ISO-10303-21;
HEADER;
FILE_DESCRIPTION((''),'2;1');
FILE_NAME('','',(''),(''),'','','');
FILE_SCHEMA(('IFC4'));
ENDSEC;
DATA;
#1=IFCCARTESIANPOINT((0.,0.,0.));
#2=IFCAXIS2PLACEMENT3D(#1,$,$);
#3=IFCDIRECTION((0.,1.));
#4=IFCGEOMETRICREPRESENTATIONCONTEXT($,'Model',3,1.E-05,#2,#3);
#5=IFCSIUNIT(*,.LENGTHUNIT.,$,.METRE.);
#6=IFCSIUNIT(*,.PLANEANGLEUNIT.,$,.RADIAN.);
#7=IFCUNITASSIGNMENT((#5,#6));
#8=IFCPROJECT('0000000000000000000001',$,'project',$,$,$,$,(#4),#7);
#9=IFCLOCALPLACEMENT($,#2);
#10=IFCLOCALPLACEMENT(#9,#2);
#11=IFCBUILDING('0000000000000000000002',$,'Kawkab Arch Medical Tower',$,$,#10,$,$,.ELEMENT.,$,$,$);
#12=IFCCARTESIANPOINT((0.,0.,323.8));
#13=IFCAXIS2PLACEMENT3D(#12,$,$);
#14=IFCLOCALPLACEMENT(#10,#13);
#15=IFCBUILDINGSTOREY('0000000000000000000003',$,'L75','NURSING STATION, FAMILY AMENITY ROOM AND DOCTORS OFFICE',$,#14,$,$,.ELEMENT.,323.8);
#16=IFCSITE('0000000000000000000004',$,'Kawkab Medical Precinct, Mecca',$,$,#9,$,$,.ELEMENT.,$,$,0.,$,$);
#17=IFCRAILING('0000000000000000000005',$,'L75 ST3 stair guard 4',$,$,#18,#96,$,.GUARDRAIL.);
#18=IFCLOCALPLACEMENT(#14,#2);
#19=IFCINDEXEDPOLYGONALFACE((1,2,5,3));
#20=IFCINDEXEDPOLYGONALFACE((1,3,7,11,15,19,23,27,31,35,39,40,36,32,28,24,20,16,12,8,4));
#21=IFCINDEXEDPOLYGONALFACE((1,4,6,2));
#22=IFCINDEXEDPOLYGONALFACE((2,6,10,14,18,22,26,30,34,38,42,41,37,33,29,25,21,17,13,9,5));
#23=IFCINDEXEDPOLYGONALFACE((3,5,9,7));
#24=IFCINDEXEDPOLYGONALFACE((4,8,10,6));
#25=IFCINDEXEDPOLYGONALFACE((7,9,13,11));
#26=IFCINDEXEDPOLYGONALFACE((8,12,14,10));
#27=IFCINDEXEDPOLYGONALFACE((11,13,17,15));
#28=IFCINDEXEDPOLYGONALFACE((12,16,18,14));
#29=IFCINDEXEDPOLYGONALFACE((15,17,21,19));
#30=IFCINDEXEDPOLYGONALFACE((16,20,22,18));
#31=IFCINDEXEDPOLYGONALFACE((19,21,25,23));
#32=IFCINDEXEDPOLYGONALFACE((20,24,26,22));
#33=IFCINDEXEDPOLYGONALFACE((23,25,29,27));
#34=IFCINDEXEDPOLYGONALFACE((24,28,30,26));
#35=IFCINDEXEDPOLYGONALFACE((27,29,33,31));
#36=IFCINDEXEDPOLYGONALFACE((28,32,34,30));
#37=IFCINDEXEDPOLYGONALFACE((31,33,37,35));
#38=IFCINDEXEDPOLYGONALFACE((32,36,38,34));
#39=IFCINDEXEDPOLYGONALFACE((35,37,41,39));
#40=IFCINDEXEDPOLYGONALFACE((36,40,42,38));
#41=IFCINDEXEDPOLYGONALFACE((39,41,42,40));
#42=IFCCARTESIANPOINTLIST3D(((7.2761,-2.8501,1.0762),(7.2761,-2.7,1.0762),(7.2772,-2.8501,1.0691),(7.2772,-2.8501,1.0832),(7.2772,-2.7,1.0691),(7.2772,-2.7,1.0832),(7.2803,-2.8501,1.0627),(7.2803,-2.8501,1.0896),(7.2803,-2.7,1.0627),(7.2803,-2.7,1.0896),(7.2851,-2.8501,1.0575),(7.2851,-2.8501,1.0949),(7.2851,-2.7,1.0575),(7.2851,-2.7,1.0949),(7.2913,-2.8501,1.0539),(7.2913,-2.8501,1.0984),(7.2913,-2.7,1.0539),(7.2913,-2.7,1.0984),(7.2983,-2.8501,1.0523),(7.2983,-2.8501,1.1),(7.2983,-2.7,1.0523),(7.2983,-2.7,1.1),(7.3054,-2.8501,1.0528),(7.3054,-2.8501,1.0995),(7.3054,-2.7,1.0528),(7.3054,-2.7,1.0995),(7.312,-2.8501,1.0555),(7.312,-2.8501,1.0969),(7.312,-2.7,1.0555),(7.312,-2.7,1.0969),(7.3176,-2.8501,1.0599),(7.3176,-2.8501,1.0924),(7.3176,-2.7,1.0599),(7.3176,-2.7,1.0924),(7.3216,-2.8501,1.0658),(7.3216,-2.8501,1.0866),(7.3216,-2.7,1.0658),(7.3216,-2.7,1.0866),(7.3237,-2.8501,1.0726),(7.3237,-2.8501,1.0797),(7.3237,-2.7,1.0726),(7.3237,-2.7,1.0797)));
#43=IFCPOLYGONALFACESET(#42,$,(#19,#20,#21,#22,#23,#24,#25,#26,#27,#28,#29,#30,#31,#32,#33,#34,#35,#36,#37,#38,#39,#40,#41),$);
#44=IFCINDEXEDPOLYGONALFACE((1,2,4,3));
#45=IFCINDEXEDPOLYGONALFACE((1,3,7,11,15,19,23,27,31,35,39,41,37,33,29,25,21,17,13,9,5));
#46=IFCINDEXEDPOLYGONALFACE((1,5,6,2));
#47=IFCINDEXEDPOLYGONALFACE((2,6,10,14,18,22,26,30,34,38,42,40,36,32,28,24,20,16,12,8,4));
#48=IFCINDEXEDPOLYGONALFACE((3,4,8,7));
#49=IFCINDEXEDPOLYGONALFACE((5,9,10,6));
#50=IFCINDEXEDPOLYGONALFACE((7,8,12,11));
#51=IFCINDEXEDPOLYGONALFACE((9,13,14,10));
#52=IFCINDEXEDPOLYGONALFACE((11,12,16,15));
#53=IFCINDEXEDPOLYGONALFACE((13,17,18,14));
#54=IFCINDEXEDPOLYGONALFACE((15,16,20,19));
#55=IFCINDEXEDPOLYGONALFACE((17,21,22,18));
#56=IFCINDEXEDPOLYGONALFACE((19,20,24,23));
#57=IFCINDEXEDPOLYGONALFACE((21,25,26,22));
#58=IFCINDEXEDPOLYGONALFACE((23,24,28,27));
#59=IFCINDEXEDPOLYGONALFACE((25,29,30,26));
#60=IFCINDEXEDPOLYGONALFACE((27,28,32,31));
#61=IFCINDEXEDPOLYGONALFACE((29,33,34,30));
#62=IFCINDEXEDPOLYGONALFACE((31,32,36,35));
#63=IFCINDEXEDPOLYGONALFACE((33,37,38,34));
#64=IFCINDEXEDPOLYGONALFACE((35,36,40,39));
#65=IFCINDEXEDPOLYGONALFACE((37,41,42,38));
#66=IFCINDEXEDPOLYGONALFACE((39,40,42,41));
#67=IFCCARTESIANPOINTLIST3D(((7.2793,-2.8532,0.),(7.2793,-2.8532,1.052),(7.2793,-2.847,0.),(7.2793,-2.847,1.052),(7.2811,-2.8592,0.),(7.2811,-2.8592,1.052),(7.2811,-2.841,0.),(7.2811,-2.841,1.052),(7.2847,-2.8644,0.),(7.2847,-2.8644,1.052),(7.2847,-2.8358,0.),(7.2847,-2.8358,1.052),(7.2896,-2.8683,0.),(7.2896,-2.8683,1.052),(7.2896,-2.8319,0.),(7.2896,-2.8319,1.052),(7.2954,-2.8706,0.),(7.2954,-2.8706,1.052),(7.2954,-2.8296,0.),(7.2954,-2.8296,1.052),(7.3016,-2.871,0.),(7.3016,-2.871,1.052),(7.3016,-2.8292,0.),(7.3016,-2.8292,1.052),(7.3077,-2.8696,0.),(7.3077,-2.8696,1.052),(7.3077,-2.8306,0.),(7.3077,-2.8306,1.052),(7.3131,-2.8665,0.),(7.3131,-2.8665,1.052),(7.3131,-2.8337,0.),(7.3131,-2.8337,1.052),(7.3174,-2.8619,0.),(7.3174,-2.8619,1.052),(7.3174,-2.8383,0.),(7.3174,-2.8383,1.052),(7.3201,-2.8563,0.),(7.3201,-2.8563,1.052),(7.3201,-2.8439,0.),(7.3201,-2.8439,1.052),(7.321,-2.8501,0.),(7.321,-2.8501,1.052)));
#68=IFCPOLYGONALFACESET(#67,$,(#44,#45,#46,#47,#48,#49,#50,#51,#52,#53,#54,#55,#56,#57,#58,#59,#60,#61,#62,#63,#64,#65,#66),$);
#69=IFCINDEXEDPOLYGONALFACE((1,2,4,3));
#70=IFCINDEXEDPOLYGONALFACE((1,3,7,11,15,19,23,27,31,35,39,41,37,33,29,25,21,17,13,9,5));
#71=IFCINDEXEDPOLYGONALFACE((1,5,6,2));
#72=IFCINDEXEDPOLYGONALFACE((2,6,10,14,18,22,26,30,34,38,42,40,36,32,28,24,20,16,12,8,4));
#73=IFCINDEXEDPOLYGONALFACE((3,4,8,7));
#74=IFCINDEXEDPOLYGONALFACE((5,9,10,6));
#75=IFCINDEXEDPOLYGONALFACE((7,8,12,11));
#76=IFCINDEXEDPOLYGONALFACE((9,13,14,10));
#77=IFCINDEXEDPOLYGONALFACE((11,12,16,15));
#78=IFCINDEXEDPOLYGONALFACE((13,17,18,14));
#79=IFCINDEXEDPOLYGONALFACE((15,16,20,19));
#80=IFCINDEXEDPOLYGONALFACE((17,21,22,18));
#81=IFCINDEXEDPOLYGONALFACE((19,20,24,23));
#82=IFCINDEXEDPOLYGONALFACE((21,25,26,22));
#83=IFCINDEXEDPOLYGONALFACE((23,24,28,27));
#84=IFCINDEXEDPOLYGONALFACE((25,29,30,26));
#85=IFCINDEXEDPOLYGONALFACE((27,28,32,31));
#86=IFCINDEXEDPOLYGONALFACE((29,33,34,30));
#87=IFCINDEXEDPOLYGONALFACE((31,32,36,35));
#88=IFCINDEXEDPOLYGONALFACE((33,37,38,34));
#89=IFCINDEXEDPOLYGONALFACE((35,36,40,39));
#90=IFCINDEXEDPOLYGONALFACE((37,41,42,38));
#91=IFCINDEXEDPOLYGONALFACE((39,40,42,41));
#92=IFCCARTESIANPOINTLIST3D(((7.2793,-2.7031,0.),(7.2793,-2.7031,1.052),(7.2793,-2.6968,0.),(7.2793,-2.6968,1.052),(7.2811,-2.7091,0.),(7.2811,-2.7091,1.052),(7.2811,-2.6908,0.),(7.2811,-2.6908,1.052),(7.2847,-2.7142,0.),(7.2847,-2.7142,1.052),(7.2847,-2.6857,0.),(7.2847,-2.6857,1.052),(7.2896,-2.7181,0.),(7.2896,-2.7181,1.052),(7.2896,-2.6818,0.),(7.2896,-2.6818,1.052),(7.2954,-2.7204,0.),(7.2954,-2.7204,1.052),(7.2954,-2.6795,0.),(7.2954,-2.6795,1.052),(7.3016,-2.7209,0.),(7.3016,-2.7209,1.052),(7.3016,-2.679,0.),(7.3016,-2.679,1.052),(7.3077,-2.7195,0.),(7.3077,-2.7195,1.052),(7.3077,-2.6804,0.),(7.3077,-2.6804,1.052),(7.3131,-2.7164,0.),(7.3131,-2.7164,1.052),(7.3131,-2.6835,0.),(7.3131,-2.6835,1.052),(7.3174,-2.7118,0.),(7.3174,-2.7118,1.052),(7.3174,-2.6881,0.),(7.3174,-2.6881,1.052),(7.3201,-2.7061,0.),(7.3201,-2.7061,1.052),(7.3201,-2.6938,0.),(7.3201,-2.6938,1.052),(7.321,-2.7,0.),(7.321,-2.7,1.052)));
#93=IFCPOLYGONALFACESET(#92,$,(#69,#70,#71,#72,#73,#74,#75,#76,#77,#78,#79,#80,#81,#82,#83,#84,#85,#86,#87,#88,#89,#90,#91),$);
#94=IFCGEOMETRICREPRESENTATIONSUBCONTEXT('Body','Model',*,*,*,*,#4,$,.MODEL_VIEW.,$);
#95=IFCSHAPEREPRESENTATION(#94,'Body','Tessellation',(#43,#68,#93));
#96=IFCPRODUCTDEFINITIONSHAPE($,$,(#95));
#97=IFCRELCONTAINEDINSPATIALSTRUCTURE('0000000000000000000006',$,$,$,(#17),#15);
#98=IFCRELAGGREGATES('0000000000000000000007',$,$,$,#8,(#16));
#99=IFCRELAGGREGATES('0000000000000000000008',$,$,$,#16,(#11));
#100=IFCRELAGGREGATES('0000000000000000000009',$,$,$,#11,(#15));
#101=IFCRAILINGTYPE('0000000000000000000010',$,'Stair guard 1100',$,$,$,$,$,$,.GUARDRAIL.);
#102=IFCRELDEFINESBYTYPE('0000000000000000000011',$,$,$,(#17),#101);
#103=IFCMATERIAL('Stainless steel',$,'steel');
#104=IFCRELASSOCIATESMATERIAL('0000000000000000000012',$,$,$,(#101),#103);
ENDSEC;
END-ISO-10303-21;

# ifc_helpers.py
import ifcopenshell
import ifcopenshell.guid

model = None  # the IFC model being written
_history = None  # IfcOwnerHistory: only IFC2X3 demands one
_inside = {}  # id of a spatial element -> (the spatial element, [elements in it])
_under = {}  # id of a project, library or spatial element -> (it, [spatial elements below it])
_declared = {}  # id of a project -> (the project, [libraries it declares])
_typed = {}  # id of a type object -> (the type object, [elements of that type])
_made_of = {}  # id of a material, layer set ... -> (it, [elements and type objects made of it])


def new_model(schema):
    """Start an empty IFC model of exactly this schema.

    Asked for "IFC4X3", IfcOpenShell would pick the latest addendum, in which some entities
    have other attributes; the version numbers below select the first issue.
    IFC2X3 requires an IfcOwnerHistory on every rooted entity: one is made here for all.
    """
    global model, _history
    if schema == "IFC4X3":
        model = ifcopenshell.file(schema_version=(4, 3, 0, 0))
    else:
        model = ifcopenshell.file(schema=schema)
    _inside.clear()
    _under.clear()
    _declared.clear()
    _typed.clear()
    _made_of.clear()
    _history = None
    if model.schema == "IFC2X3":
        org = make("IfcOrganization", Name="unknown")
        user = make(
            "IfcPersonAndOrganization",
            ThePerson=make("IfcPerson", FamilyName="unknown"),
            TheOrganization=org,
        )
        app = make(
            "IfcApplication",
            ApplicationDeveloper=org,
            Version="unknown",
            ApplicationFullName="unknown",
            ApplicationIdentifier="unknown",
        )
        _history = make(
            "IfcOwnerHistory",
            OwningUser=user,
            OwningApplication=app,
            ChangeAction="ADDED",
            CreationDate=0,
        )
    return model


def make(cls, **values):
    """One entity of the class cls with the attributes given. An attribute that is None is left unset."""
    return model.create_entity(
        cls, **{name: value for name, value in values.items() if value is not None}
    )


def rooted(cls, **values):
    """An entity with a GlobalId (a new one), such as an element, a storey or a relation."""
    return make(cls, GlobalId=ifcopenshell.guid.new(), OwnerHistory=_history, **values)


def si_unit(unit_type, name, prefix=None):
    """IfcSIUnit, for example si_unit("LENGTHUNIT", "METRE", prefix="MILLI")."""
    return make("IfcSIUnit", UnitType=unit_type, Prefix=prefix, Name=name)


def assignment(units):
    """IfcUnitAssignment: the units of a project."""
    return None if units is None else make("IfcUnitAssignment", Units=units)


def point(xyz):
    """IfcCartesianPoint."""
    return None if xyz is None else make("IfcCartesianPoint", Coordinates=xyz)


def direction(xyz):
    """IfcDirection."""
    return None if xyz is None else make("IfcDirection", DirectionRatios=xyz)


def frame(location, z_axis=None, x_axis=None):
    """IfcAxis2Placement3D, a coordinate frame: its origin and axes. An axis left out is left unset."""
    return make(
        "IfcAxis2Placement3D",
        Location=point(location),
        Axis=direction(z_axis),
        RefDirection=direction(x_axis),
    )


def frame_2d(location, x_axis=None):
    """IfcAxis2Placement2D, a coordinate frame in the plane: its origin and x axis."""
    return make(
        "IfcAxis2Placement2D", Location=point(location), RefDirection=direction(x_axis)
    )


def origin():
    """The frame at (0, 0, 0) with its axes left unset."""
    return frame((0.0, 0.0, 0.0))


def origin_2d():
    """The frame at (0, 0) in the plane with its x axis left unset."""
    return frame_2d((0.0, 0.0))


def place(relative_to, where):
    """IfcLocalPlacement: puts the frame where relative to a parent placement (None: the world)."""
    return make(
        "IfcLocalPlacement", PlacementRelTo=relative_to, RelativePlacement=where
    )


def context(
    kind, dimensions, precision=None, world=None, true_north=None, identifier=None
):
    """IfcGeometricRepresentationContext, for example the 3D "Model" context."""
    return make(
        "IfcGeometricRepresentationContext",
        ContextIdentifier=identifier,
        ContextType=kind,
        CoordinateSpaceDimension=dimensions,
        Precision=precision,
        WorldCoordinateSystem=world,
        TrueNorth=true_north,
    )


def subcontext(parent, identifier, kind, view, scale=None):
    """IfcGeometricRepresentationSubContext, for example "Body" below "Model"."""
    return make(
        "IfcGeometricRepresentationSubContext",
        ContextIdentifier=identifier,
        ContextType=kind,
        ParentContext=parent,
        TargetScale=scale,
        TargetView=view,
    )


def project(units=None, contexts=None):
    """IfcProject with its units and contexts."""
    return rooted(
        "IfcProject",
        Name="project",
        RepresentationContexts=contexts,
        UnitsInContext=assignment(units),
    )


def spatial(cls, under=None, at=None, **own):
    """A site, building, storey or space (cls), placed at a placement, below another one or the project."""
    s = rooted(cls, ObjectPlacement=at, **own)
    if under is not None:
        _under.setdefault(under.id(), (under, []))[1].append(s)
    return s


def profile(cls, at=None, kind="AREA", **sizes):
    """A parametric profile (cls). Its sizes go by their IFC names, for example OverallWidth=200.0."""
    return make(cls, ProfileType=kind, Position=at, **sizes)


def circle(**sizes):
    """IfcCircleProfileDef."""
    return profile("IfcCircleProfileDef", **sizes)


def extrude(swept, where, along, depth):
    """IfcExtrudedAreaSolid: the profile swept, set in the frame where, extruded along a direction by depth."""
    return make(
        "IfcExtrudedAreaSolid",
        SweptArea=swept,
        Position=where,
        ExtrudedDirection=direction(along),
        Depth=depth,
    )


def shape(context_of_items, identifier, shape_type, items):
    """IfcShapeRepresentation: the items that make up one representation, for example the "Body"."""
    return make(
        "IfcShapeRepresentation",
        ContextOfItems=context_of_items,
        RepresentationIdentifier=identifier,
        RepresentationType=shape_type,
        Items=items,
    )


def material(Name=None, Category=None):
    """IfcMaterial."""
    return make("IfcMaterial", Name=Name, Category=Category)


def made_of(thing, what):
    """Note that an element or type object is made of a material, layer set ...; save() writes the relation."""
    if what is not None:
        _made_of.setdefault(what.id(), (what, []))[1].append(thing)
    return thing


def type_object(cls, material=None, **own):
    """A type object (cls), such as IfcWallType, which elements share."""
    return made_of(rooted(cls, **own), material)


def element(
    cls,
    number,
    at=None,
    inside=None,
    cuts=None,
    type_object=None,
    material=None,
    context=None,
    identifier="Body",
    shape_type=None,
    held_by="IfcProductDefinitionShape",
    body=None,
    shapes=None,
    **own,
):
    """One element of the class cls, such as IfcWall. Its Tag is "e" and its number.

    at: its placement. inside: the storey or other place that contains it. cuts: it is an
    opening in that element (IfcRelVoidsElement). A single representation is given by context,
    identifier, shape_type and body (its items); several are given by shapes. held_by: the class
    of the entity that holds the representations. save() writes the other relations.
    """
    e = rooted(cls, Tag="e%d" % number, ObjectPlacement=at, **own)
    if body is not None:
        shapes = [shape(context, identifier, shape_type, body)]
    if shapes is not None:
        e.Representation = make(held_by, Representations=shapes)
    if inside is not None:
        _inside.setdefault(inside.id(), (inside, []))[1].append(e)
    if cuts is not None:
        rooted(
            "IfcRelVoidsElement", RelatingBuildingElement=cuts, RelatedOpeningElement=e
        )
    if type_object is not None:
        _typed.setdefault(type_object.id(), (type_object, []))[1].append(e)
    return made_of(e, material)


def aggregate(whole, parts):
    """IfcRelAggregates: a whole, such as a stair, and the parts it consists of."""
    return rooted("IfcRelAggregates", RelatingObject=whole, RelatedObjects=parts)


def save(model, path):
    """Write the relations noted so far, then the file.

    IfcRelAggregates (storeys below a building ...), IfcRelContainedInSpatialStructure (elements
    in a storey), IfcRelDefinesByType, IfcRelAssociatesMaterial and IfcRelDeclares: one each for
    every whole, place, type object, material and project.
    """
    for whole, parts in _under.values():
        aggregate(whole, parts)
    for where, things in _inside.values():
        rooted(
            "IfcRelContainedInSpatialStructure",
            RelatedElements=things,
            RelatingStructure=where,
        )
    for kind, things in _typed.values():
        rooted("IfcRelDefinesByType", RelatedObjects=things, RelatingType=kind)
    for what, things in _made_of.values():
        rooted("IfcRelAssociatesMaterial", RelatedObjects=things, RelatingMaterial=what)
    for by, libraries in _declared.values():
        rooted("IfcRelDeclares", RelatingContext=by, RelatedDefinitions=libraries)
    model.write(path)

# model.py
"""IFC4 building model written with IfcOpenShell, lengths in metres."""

from ifc_helpers import new_model, si_unit, direction, frame, origin, origin_2d, place, context, subcontext, project, spatial, circle, extrude, material, type_object, element, save


model = new_model("IFC4")

# Units and contexts
model_context = context("Model", 3, precision=1e-05, world=origin(), true_north=direction((0.0, 1.0)))
body_context = subcontext(model_context, "Body", "Model", "MODEL_VIEW")
ifc_project = project(units=[si_unit("LENGTHUNIT", "METRE"), si_unit("PLANEANGLEUNIT", "RADIAN")], contexts=[model_context])

# Site, building, storey
site_placement = place(None, origin())
site = spatial("IfcSite", under=ifc_project, at=site_placement, Name="Kawkab Medical Precinct, Mecca", CompositionType="ELEMENT", RefElevation=0.0)
building_placement = place(site_placement, origin())
building = spatial("IfcBuilding", under=site, at=building_placement, Name="Kawkab Arch Medical Tower", CompositionType="ELEMENT")
storey_placement = place(building_placement, frame((0.0, 0.0, 323.8)))
storey = spatial("IfcBuildingStorey", under=building, at=storey_placement, Name="L75", Description="NURSING STATION, FAMILY AMENITY ROOM AND DOCTORS OFFICE", CompositionType="ELEMENT", Elevation=323.8)

# Railing
ifc_material_1 = material(Name="Stainless steel", Category="steel")
railing_type_1 = type_object("IfcRailingType", Name="Stair guard 1100", PredefinedType="GUARDRAIL", material=ifc_material_1)
railing_1_placement = place(storey_placement, frame((7.3, -2.8501, 0.0)))
element("IfcRailing", 1, at=railing_1_placement, inside=storey, type_object=railing_type_1, Name="L75 ST3 stair guard 4", PredefinedType="GUARDRAIL", context=body_context, shape_type="SweptSolid", body=[
    extrude(circle(Radius=0.0239, at=origin_2d()), frame((0.0, 0.0, 1.0762), z_axis=(0.0, 1.0, 0.0), x_axis=(-1.0, 0.0, 0.0)), (0.0, 0.0, 1.0), 0.1501),
    extrude(circle(Radius=0.021, at=origin_2d()), origin(), (0.0, 0.0, 1.0), 1.052),
    extrude(circle(Radius=0.021, at=origin_2d()), frame((0.0, 0.1501, 0.0)), (0.0, 0.0, 1.0), 1.052),
])

save(model, "model.ifc")
